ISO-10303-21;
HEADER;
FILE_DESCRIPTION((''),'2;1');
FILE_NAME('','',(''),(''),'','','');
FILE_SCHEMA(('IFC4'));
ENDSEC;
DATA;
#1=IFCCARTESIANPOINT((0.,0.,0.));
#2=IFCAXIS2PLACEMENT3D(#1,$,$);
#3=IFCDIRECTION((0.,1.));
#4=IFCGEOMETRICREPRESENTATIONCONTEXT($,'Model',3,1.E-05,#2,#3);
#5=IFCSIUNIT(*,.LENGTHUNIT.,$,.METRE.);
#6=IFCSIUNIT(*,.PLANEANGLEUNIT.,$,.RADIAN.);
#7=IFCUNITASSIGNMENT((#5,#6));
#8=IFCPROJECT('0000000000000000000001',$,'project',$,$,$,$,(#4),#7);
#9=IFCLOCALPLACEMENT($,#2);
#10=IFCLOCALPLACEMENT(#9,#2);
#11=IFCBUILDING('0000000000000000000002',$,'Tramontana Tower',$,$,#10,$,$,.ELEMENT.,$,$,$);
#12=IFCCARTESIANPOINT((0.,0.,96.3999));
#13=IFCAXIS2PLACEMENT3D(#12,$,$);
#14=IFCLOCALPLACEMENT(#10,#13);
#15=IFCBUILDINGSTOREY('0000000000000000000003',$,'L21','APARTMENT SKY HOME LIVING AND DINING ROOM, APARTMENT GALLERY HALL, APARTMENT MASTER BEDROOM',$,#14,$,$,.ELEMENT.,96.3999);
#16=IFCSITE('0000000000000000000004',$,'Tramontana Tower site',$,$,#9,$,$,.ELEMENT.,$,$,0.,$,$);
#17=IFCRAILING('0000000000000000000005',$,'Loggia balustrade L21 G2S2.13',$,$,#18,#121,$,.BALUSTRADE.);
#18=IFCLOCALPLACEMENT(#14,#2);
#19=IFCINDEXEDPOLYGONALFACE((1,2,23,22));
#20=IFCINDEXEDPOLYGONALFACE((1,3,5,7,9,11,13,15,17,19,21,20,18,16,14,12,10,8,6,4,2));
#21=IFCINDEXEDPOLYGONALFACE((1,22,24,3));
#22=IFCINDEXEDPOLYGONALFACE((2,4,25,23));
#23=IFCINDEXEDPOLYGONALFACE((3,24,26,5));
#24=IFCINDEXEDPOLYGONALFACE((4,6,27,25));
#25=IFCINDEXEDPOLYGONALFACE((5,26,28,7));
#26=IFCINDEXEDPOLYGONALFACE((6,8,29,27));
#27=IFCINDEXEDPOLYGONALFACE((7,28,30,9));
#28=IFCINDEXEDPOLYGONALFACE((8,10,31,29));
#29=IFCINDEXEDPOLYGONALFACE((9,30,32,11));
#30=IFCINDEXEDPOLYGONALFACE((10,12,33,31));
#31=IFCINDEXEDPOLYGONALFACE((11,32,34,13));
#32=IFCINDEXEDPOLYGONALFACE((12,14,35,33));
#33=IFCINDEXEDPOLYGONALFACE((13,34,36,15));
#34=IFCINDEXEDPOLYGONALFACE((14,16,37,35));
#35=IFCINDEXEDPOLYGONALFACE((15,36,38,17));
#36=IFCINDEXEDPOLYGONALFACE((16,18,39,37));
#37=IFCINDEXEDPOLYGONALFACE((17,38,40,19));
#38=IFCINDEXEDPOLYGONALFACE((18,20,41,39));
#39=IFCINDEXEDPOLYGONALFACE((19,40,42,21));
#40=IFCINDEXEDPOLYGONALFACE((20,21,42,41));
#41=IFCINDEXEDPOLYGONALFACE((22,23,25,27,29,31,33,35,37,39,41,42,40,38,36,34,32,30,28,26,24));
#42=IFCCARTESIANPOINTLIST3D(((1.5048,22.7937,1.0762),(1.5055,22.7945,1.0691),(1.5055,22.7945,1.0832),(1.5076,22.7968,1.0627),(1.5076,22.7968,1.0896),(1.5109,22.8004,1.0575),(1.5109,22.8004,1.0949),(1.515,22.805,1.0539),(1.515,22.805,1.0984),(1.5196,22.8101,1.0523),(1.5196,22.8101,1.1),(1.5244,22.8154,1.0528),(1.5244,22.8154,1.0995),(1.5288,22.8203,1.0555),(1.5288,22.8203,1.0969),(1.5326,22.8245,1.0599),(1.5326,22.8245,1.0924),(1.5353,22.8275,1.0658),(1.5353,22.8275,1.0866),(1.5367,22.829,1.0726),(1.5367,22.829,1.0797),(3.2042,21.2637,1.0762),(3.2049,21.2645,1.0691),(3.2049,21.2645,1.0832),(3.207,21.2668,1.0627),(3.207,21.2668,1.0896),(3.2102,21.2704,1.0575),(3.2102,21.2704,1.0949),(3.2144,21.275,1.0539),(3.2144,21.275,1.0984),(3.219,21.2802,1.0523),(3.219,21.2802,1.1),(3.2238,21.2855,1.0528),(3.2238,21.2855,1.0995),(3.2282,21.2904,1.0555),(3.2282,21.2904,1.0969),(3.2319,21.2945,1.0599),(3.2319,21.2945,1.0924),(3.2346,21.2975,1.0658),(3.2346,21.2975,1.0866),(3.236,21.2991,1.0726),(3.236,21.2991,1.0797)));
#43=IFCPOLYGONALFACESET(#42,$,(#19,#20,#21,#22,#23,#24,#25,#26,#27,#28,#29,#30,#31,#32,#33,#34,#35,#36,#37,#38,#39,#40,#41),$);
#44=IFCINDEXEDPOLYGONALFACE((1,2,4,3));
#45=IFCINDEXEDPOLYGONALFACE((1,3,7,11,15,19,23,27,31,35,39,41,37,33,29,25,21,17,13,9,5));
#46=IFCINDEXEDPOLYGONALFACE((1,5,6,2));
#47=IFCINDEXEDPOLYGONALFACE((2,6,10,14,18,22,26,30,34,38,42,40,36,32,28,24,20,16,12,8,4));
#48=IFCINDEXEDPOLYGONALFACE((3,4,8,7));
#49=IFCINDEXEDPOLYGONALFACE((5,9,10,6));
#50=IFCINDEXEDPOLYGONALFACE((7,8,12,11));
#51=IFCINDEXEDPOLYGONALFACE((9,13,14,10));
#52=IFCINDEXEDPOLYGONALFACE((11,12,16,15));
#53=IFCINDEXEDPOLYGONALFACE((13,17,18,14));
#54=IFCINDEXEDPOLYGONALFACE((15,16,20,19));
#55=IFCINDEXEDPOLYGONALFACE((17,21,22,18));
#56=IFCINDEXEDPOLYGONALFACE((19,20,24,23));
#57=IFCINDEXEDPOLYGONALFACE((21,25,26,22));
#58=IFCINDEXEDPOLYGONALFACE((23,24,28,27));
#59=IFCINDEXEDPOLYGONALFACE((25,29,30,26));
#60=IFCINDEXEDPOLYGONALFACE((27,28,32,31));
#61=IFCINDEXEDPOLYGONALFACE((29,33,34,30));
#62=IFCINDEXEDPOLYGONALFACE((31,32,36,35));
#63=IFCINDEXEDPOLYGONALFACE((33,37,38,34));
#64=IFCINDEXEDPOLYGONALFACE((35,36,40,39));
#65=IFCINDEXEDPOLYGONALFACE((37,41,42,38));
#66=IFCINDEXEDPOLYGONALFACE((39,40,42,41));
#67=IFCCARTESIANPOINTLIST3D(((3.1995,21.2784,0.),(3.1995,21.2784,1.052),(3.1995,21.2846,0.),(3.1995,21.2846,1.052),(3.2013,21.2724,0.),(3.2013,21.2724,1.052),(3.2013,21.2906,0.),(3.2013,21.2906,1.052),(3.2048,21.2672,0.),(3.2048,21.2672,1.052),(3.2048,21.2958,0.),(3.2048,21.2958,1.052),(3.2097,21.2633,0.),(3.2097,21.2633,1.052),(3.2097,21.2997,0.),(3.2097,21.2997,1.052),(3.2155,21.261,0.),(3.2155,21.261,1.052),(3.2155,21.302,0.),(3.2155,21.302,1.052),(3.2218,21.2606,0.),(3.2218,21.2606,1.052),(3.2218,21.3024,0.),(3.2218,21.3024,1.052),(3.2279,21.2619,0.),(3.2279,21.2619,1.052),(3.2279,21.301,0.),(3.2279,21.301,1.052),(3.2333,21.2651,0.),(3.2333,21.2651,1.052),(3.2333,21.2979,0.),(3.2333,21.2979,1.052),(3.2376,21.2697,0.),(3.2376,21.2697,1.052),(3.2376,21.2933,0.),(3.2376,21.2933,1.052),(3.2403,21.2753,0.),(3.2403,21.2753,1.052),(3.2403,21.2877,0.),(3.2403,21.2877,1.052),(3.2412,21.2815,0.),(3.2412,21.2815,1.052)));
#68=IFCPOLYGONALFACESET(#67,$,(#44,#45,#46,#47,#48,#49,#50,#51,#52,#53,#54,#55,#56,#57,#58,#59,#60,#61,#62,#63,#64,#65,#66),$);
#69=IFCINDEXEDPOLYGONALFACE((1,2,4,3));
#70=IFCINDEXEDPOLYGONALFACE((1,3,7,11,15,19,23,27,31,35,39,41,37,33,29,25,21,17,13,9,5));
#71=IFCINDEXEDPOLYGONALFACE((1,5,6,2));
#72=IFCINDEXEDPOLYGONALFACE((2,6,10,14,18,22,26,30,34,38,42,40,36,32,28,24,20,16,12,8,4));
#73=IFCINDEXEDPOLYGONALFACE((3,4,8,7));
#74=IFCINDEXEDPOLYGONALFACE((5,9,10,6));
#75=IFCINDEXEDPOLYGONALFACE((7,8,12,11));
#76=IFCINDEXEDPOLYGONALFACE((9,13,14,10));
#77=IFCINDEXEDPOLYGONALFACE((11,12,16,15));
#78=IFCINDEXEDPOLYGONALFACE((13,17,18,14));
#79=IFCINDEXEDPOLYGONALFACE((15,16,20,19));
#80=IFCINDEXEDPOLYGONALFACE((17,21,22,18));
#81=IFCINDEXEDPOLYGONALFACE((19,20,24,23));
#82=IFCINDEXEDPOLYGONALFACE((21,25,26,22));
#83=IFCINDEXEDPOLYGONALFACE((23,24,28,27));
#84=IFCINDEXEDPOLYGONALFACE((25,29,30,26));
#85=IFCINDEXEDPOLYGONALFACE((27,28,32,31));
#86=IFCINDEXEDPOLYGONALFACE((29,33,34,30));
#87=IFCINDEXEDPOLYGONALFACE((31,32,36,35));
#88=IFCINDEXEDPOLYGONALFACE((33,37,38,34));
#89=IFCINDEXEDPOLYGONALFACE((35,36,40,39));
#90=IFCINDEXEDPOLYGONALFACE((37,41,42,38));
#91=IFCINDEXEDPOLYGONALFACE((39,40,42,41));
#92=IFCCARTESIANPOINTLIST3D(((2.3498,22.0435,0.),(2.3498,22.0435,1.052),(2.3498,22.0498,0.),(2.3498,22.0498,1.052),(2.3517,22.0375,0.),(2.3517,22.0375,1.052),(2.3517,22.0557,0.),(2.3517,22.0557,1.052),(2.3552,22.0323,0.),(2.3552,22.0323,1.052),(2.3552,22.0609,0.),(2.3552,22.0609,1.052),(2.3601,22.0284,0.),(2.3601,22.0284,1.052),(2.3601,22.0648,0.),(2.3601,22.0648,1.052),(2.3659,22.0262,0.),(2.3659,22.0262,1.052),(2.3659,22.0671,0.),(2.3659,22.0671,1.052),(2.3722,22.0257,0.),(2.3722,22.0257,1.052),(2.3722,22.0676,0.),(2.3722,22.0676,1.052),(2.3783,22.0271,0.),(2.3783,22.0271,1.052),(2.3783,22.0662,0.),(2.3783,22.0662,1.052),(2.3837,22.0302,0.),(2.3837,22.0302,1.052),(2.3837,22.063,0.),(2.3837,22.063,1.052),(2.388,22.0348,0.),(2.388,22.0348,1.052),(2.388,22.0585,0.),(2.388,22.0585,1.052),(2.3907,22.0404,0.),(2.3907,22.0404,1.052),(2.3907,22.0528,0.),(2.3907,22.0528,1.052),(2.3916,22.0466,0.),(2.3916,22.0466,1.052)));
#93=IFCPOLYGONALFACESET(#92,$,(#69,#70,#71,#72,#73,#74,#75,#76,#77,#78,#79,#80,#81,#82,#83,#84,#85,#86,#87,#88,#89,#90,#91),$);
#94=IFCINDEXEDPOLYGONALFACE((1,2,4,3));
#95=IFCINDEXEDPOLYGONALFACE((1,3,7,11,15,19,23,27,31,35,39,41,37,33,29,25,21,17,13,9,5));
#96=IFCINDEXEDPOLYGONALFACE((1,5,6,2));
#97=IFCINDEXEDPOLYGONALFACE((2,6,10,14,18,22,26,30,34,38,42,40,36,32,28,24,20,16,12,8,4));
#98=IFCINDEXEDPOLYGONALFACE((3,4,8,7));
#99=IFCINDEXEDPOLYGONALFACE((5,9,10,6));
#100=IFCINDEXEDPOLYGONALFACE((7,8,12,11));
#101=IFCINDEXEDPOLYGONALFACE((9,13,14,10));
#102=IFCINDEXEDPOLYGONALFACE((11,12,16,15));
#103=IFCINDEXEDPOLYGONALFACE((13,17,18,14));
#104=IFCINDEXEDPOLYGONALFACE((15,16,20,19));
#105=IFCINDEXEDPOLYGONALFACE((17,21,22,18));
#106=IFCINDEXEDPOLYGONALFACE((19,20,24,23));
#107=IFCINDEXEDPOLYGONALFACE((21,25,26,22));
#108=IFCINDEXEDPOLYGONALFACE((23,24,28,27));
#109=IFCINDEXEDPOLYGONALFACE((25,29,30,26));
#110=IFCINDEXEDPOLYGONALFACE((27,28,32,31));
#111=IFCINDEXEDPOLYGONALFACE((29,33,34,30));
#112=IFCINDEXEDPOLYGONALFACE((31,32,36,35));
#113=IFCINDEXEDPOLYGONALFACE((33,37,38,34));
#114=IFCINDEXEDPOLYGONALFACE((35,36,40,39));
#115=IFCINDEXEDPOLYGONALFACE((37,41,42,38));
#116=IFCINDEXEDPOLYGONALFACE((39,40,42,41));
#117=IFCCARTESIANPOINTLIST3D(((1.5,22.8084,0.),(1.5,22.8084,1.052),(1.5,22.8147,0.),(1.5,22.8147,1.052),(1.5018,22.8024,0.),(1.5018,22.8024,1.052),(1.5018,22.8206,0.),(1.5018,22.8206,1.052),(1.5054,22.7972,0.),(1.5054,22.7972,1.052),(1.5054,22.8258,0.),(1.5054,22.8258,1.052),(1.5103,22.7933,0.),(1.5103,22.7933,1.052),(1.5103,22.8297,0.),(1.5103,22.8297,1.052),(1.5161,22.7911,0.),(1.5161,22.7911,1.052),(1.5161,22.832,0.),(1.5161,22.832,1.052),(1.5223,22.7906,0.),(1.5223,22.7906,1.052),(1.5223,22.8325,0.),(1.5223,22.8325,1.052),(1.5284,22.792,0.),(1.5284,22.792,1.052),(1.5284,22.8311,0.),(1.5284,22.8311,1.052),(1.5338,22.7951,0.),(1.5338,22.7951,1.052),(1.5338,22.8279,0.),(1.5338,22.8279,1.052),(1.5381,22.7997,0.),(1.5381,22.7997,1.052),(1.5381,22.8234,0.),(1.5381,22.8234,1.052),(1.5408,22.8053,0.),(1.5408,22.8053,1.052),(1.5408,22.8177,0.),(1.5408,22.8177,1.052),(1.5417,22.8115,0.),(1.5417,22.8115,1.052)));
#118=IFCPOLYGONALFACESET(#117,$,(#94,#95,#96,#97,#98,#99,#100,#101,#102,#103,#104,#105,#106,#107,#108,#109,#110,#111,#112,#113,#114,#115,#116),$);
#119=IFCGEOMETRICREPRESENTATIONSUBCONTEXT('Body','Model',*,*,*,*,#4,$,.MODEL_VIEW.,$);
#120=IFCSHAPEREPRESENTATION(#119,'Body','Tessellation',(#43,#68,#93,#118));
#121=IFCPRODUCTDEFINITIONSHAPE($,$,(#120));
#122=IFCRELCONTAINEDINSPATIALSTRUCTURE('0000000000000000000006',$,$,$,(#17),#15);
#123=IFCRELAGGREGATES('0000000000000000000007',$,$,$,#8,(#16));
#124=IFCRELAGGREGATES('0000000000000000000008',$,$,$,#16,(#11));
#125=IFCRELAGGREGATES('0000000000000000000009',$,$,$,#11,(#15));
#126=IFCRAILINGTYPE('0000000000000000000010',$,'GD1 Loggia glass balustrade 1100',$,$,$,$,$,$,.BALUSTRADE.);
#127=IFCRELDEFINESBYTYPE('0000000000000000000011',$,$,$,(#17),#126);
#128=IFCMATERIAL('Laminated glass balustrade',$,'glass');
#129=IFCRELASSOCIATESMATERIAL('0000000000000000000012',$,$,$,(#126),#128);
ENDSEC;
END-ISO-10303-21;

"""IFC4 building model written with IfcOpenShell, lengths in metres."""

from ifc_helpers import new_model, si_unit, direction, frame, origin, origin_2d, place, context, subcontext, project, spatial, circle, extrude, material, type_object, element, save


model = new_model("IFC4")

# Units and contexts
model_context = context("Model", 3, precision=1e-05, world=origin(), true_north=direction((0.0, 1.0)))
body_context = subcontext(model_context, "Body", "Model", "MODEL_VIEW")
ifc_project = project(units=[si_unit("LENGTHUNIT", "METRE"), si_unit("PLANEANGLEUNIT", "RADIAN")], contexts=[model_context])

# Site, building, storey
site_placement = place(None, origin())
site = spatial("IfcSite", under=ifc_project, at=site_placement, Name="Tramontana Tower site", CompositionType="ELEMENT", RefElevation=0.0)
building_placement = place(site_placement, origin())
building = spatial("IfcBuilding", under=site, at=building_placement, Name="Tramontana Tower", CompositionType="ELEMENT")
storey_placement = place(building_placement, frame((0.0, 0.0, 96.3999)))
storey = spatial("IfcBuildingStorey", under=building, at=storey_placement, Name="L21", Description="APARTMENT SKY HOME LIVING AND DINING ROOM, APARTMENT GALLERY HALL, APARTMENT MASTER BEDROOM", CompositionType="ELEMENT", Elevation=96.3999)

# Railing
ifc_material_1 = material(Name="Laminated glass balustrade", Category="glass")
railing_type_1 = type_object("IfcRailingType", Name="GD1 Loggia glass balustrade 1100", PredefinedType="BALUSTRADE", material=ifc_material_1)
railing_1_placement = place(storey_placement, frame((3.2202, 21.2815, 0.0)))
element("IfcRailing", 1, at=railing_1_placement, inside=storey, type_object=railing_type_1, Name="Loggia balustrade L21 G2S2.13", PredefinedType="BALUSTRADE", context=body_context, shape_type="SweptSolid", body=[
    extrude(circle(Radius=0.0239, at=origin_2d()), frame((0.0, 0.0, 1.0762), z_axis=(-0.743183, 0.669089, 0.0), x_axis=(-0.669089, -0.743183, 0.0)), (0.0, 0.0, 1.0), 2.2866),
    extrude(circle(Radius=0.021, at=origin_2d()), origin(), (0.0, 0.0, 1.0), 1.052),
    extrude(circle(Radius=0.021, at=origin_2d()), frame((-0.8496, 0.7651, 0.0)), (0.0, 0.0, 1.0), 1.052),
    extrude(circle(Radius=0.021, at=origin_2d()), frame((-1.6995, 1.53, 0.0)), (0.0, 0.0, 1.0), 1.052),
])

save(model, "model.ifc")
